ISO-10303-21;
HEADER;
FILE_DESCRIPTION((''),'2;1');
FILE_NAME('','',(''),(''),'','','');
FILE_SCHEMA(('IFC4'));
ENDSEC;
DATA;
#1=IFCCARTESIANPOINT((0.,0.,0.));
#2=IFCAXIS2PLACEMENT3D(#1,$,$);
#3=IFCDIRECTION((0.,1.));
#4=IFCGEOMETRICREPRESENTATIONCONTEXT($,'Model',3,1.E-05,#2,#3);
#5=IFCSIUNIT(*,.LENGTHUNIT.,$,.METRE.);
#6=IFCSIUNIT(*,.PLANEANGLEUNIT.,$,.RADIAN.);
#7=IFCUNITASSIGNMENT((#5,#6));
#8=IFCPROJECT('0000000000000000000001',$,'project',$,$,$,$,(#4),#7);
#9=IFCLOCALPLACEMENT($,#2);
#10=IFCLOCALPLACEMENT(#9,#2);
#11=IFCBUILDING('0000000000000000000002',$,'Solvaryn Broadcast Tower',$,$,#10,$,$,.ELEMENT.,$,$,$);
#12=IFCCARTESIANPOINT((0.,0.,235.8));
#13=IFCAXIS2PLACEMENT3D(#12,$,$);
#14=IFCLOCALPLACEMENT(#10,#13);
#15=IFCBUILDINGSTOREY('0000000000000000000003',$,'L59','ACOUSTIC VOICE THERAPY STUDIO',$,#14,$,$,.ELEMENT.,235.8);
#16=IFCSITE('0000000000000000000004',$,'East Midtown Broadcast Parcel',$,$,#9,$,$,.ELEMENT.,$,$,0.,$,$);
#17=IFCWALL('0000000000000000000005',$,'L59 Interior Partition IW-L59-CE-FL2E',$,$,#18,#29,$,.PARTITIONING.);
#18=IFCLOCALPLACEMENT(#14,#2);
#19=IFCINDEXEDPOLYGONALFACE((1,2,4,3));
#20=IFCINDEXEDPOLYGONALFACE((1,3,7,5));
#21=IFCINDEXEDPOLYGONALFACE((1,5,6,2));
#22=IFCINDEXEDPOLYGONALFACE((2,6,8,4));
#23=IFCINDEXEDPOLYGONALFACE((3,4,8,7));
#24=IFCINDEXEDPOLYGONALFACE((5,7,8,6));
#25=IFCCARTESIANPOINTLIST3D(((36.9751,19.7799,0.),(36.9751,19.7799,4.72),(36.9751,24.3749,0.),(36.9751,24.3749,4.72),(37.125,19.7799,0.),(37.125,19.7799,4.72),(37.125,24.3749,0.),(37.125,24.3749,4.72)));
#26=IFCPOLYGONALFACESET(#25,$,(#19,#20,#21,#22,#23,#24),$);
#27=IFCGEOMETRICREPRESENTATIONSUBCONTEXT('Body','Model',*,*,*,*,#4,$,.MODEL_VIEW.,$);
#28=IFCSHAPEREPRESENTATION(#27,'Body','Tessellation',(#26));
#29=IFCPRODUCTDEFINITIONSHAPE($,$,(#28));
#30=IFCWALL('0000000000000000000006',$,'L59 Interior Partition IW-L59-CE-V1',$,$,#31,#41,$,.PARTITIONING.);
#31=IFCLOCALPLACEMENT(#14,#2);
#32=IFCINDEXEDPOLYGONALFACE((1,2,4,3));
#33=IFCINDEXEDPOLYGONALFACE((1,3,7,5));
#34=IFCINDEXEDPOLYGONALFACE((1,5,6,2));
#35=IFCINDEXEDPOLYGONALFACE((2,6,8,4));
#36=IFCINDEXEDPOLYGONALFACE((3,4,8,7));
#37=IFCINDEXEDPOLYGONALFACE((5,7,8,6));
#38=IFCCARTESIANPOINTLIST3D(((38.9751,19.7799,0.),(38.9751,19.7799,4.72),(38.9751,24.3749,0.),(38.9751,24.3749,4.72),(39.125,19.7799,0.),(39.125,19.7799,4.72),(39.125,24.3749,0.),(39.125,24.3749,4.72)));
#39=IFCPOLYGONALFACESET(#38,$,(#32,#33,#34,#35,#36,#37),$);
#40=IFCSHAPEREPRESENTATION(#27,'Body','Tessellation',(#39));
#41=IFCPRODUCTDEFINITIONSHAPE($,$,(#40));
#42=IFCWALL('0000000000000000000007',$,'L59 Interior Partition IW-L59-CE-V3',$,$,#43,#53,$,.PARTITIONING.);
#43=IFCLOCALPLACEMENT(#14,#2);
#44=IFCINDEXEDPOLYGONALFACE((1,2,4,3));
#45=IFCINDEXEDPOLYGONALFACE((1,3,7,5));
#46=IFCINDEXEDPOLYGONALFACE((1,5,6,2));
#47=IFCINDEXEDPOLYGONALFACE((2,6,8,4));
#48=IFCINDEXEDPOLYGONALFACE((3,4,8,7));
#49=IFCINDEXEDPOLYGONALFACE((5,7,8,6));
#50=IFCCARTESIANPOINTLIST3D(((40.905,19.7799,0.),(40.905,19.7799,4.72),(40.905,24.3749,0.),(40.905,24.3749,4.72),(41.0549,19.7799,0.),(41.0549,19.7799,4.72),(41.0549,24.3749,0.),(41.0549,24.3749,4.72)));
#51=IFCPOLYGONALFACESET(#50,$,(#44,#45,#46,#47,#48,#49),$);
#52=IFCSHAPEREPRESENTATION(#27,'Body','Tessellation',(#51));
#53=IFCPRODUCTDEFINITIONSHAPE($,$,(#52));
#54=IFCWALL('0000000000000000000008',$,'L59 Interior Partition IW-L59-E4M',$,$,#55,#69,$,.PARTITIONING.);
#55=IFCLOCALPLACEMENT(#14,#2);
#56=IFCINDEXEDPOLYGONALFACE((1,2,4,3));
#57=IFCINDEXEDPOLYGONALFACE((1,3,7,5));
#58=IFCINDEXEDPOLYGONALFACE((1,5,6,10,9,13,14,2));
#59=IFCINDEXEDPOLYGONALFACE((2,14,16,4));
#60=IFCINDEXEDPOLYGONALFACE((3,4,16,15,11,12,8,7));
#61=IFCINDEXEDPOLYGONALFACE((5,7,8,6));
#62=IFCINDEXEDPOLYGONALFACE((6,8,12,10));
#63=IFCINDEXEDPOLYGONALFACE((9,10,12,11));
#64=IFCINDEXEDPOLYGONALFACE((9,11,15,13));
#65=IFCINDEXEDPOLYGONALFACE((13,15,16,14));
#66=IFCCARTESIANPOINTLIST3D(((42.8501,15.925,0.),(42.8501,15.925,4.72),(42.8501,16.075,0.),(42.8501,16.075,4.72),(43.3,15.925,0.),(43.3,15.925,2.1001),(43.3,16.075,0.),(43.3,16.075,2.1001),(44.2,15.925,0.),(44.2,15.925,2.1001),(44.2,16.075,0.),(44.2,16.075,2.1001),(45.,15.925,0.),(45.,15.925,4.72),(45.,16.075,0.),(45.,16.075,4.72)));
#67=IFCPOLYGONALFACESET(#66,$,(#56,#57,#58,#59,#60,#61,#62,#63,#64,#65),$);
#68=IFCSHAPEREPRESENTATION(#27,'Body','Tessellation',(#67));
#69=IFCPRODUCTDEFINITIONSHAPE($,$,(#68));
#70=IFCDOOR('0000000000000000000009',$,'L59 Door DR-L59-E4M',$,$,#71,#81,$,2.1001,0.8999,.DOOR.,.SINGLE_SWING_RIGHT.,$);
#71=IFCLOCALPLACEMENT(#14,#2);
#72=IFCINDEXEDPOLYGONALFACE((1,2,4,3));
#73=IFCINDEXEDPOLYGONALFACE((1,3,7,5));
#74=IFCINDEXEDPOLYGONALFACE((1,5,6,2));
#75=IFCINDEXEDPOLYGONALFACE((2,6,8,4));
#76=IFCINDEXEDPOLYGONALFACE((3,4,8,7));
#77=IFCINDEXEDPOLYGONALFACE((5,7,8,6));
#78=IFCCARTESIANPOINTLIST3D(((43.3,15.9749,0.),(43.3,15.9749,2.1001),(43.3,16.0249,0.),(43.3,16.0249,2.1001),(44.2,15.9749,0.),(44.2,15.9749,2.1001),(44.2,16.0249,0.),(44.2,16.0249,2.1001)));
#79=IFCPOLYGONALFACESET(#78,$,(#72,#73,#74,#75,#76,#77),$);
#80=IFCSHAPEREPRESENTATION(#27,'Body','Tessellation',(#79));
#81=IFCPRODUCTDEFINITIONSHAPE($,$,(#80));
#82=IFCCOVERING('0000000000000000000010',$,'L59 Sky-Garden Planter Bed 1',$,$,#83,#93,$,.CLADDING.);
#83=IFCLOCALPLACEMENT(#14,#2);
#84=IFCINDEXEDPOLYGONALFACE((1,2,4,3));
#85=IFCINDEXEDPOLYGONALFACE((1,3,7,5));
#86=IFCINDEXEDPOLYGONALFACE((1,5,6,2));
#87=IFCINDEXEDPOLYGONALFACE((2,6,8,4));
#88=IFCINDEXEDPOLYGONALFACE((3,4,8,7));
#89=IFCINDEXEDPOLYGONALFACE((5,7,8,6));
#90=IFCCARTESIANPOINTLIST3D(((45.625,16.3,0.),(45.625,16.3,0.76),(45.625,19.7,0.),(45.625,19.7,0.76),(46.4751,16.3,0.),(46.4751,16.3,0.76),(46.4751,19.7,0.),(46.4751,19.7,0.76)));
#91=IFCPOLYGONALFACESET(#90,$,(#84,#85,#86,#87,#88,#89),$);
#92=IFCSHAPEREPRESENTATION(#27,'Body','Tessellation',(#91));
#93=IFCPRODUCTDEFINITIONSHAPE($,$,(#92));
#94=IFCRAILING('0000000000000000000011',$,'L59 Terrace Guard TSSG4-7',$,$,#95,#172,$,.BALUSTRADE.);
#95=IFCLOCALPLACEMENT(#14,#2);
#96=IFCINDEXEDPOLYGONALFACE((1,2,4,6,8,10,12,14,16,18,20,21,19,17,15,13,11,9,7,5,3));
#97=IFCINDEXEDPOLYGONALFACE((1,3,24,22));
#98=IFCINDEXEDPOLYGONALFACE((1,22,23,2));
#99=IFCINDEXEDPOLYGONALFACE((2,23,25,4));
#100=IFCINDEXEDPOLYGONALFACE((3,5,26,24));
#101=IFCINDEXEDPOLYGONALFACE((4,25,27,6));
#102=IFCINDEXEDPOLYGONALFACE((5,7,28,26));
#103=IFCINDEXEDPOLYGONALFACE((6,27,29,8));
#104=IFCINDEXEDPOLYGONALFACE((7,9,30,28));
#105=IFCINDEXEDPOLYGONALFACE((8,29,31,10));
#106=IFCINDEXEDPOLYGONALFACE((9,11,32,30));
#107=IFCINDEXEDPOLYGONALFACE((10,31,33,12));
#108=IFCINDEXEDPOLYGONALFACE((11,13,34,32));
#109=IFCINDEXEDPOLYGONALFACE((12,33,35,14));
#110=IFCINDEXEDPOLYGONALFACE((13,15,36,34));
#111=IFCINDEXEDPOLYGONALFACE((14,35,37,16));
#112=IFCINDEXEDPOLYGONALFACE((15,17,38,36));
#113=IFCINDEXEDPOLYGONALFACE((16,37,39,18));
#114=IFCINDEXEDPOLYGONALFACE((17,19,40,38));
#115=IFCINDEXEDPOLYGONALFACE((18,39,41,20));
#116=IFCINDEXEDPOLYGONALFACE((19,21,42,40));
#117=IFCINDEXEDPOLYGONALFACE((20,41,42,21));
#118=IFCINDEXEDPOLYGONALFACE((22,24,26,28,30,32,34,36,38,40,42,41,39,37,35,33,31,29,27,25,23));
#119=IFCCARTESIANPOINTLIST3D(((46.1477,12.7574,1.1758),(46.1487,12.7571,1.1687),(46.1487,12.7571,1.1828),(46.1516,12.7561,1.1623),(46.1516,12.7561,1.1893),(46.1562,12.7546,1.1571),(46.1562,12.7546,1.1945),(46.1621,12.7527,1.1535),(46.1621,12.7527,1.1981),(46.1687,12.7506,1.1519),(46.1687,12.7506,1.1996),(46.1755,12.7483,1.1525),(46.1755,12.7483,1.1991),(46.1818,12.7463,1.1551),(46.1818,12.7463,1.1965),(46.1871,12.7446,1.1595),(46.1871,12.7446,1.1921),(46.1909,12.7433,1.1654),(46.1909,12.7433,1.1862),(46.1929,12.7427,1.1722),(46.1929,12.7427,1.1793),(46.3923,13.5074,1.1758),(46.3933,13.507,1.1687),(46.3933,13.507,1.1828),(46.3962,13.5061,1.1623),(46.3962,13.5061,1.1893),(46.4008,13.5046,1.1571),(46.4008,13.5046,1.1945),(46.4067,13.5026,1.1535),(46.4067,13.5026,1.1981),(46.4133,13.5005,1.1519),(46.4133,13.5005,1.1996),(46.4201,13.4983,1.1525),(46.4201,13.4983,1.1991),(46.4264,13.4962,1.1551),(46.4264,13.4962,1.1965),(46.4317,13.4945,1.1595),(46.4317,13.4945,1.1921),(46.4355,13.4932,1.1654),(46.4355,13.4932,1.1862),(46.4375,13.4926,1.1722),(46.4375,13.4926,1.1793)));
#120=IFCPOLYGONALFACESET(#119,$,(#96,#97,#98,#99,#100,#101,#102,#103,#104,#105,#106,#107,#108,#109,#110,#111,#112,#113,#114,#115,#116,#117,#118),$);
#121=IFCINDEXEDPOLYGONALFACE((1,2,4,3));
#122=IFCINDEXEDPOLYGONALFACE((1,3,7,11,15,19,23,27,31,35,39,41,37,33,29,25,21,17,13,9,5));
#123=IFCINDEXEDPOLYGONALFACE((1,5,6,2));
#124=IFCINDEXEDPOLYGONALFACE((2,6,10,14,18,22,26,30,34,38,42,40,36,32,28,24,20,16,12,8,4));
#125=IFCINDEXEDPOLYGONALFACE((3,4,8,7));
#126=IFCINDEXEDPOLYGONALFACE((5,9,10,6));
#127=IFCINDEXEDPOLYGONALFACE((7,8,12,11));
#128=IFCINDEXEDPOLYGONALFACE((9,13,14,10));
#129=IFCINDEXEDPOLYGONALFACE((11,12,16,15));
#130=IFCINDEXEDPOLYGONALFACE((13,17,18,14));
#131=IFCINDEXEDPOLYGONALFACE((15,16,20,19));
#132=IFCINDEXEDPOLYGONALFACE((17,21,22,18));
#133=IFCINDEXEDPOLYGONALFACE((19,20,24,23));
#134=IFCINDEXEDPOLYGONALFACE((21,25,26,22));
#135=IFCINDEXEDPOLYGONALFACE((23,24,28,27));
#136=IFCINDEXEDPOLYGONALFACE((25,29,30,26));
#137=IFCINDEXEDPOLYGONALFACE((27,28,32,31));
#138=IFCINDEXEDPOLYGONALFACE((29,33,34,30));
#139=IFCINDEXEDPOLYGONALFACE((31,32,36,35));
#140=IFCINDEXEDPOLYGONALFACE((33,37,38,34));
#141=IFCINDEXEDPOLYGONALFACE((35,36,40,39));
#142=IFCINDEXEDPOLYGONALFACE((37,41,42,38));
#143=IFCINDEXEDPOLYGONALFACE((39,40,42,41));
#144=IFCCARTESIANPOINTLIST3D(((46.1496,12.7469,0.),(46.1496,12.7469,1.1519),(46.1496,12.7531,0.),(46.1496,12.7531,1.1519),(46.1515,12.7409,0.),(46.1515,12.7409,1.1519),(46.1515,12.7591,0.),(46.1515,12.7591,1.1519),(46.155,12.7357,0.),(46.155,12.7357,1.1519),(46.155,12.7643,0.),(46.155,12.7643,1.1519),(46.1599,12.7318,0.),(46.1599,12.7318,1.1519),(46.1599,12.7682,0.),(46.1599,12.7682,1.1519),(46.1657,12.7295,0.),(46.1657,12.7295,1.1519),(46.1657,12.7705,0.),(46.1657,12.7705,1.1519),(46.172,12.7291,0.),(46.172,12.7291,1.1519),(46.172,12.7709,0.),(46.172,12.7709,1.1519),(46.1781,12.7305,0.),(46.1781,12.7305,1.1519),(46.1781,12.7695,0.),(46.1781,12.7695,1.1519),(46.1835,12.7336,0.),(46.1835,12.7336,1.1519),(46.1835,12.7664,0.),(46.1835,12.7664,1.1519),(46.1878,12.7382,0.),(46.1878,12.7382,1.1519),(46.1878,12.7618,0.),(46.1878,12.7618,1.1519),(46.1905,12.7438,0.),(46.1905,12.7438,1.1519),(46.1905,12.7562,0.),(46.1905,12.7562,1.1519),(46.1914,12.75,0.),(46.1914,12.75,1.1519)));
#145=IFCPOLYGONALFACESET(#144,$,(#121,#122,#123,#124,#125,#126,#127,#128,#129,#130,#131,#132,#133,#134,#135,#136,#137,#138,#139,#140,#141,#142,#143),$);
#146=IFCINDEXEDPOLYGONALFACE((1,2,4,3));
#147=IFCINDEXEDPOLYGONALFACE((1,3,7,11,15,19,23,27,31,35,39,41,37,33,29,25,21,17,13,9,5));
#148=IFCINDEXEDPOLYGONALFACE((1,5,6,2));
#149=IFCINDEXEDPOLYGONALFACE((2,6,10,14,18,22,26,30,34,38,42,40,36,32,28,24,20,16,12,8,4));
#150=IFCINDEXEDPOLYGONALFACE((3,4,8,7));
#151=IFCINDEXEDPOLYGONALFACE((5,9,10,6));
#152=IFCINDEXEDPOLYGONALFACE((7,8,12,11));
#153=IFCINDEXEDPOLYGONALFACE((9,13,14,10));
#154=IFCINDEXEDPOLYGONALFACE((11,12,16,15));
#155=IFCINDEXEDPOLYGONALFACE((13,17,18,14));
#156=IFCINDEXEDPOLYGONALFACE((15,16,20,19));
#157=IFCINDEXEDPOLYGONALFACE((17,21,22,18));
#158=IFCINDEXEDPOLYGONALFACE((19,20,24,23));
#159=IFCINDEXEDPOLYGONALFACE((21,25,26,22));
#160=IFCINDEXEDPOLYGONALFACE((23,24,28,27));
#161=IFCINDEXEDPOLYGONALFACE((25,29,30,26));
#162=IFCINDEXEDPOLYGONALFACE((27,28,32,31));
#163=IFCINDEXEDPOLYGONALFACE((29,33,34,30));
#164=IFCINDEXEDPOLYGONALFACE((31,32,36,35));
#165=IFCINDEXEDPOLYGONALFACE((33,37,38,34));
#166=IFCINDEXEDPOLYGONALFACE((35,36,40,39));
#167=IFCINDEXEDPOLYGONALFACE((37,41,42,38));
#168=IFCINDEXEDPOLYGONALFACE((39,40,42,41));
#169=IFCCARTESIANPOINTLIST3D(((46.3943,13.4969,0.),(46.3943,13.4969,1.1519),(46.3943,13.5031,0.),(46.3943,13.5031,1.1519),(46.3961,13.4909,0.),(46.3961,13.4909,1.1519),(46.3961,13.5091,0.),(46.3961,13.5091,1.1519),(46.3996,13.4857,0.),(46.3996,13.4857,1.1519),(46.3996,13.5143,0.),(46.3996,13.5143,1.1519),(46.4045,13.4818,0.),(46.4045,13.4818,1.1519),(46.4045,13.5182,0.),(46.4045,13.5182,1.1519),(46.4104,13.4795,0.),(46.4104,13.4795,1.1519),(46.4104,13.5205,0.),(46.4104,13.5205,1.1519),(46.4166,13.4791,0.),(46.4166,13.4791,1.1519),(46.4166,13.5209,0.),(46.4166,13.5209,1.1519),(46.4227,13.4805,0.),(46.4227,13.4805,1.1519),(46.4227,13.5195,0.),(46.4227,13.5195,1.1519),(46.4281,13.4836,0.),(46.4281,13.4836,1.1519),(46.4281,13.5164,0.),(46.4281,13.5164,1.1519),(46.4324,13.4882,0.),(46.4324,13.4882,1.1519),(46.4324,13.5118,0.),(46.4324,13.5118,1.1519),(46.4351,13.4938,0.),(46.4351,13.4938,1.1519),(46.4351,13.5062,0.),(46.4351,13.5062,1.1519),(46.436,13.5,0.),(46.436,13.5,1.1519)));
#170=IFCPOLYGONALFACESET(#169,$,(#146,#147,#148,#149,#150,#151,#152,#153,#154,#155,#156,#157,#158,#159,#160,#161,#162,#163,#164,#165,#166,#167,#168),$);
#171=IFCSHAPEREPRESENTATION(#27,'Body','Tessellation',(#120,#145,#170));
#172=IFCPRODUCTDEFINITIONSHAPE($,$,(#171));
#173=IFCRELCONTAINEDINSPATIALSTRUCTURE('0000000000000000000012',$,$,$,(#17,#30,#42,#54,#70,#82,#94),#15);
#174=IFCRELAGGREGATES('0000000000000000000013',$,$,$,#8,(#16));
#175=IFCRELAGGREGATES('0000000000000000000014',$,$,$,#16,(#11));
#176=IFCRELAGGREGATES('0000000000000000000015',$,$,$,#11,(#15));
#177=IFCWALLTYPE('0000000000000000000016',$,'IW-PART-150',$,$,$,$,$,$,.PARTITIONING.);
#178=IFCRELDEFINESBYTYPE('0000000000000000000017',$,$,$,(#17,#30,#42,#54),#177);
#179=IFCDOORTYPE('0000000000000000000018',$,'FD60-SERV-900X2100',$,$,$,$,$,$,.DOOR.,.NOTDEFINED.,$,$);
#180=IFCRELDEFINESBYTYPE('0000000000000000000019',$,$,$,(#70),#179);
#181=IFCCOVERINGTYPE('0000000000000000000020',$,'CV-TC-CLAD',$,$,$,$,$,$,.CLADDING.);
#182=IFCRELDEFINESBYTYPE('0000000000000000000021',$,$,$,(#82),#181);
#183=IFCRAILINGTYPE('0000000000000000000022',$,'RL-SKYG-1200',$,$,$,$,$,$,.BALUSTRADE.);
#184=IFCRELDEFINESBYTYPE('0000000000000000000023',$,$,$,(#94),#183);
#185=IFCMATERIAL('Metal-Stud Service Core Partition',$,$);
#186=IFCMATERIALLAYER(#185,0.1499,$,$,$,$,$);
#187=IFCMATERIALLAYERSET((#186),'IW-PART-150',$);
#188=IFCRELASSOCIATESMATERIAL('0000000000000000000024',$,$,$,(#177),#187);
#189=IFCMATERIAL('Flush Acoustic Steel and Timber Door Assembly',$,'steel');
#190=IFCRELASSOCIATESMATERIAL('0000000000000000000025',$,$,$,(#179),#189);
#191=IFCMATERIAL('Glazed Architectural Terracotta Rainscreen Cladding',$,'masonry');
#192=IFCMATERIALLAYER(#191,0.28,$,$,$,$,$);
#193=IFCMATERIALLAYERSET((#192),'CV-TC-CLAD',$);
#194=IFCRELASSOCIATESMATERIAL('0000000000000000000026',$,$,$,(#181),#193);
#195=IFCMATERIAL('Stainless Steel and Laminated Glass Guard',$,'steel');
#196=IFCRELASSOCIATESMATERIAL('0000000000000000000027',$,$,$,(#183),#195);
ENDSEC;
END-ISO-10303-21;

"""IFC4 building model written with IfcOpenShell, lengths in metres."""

from ifc_helpers import new_model, si_unit, direction, frame, frame_2d, origin, origin_2d, place, context, subcontext, project, spatial, rectangle, circle, extrude, material, layer, layer_set, type_object, element, fill, save


model = new_model("IFC4")

# Units and contexts
model_context = context("Model", 3, precision=1e-05, world=origin(), true_north=direction((0.0, 1.0)))
body_context = subcontext(model_context, "Body", "Model", "MODEL_VIEW")
ifc_project = project(units=[si_unit("LENGTHUNIT", "METRE"), si_unit("PLANEANGLEUNIT", "RADIAN")], contexts=[model_context])

# Site, building, storey
site_placement = place(None, origin())
site = spatial("IfcSite", under=ifc_project, at=site_placement, Name="East Midtown Broadcast Parcel", CompositionType="ELEMENT", RefElevation=0.0)
building_placement = place(site_placement, origin())
building = spatial("IfcBuilding", under=site, at=building_placement, Name="Solvaryn Broadcast Tower", CompositionType="ELEMENT")
storey_placement = place(building_placement, frame((0.0, 0.0, 235.8)))
storey = spatial("IfcBuildingStorey", under=building, at=storey_placement, Name="L59", Description="ACOUSTIC VOICE THERAPY STUDIO", CompositionType="ELEMENT", Elevation=235.8)

# Walls
ifc_material_1 = material(Name="Metal-Stud Service Core Partition")
ifc_layer_1 = layer(ifc_material_1, 0.1499)
ifc_layer_set_1 = layer_set([ifc_layer_1], Name="IW-PART-150")
wall_type = type_object("IfcWallType", Name="IW-PART-150", PredefinedType="PARTITIONING", material=ifc_layer_set_1)
for number, where, z_axis, x_axis, name in (
    (1, (37.05, 19.78, 0.0), (0.0, 0.0, 1.0), (0.0, 1.0, 0.0), "L59 Interior Partition IW-L59-CE-FL2E"),
    (2, (39.05, 19.78, 0.0), (0.0, 0.0, 1.0), (0.0, 1.0, 0.0), "L59 Interior Partition IW-L59-CE-V1"),
    (3, (40.98, 19.78, 0.0), (0.0, 0.0, 1.0), (0.0, 1.0, 0.0), "L59 Interior Partition IW-L59-CE-V3"),
):
    element("IfcWall", number, at=place(storey_placement, frame(where, z_axis=z_axis, x_axis=x_axis)), inside=storey, type_object=wall_type, Name=name, PredefinedType="PARTITIONING", context=body_context, shape_type="SweptSolid", body=[
        extrude(rectangle(XDim=4.595, YDim=0.1499, at=frame_2d((2.2974, 0.0))), origin(), (0.0, 0.0, 1.0), 4.72),
    ])

# Wall, opening, door
wall_placement = place(storey_placement, frame((42.8501, 16.0, 0.0), z_axis=(0.0, 0.0, 1.0), x_axis=(1.0, 0.0, 0.0)))
wall = element("IfcWall", 4, at=wall_placement, inside=storey, type_object=wall_type, Name="L59 Interior Partition IW-L59-E4M", PredefinedType="PARTITIONING", context=body_context, shape_type="SweptSolid", body=[
    extrude(rectangle(XDim=2.1499, YDim=0.1499, at=frame_2d((1.075, 0.0))), origin(), (0.0, 0.0, 1.0), 4.72),
])
opening_placement = place(wall_placement, frame((0.45, 0.0, 0.0)))
opening = element("IfcOpeningElement", 5, at=opening_placement, cuts=wall, PredefinedType="OPENING", context=body_context, shape_type="SweptSolid", body=[
    extrude(rectangle(XDim=0.8999, YDim=2.1001, at=frame_2d((0.45, 1.05))), frame((0.0, 0.085, 0.0), z_axis=(0.0, -1.0, 0.0), x_axis=(1.0, 0.0, 0.0)), (0.0, 0.0, 1.0), 0.1699),
])
ifc_material_2 = material(Name="Flush Acoustic Steel and Timber Door Assembly", Category="steel")
door_type = type_object("IfcDoorType", Name="FD60-SERV-900X2100", OperationType="NOTDEFINED", PredefinedType="DOOR", material=ifc_material_2)
door_placement = place(opening_placement, origin())
door = element("IfcDoor", 6, at=door_placement, inside=storey, type_object=door_type, Name="L59 Door DR-L59-E4M", OperationType="SINGLE_SWING_RIGHT", OverallHeight=2.1001, OverallWidth=0.8999, PredefinedType="DOOR", context=body_context, shape_type="SweptSolid", body=[
    extrude(rectangle(XDim=0.8999, YDim=2.1001, at=frame_2d((0.45, 1.05))), frame((0.0, 0.0249, 0.0), z_axis=(0.0, -1.0, 0.0), x_axis=(1.0, 0.0, 0.0)), (0.0, 0.0, 1.0), 0.05),
])
fill(opening, door)

# Covering
ifc_material_3 = material(Name="Glazed Architectural Terracotta Rainscreen Cladding", Category="masonry")
ifc_layer_2 = layer(ifc_material_3, 0.28)
ifc_layer_set_2 = layer_set([ifc_layer_2], Name="CV-TC-CLAD")
covering_type = type_object("IfcCoveringType", Name="CV-TC-CLAD", PredefinedType="CLADDING", material=ifc_layer_set_2)
covering_placement = place(storey_placement, frame((46.05, 18.0, 0.0), z_axis=(0.0, 0.0, 1.0), x_axis=(1.0, 0.0, 0.0)))
element("IfcCovering", 7, at=covering_placement, inside=storey, type_object=covering_type, Name="L59 Sky-Garden Planter Bed 1", PredefinedType="CLADDING", context=body_context, shape_type="SweptSolid", body=[
    extrude(rectangle(XDim=0.8501, YDim=3.3999, at=origin_2d()), origin(), (0.0, 0.0, 1.0), 0.76),
])

# Railing
ifc_material_4 = material(Name="Stainless Steel and Laminated Glass Guard", Category="steel")
railing_type = type_object("IfcRailingType", Name="RL-SKYG-1200", PredefinedType="BALUSTRADE", material=ifc_material_4)
railing_1_placement = place(storey_placement, frame((46.1704, 12.75, 0.0)))
element("IfcRailing", 8, at=railing_1_placement, inside=storey, type_object=railing_type, Name="L59 Terrace Guard TSSG4-7", PredefinedType="BALUSTRADE", context=body_context, shape_type="SweptSolid", body=[
    extrude(circle(Radius=0.0239, at=origin_2d()), frame((0.0, 0.0, 1.1758), z_axis=(0.310094, 0.950706, 0.0), x_axis=(-0.950706, 0.310094, 0.0)), (0.0, 0.0, 1.0), 0.7888),
    extrude(circle(Radius=0.021, at=origin_2d()), origin(), (0.0, 0.0, 1.0), 1.1519),
    extrude(circle(Radius=0.021, at=origin_2d()), frame((0.2446, 0.75, 0.0)), (0.0, 0.0, 1.0), 1.1519),
])

save(model, "model.ifc")
